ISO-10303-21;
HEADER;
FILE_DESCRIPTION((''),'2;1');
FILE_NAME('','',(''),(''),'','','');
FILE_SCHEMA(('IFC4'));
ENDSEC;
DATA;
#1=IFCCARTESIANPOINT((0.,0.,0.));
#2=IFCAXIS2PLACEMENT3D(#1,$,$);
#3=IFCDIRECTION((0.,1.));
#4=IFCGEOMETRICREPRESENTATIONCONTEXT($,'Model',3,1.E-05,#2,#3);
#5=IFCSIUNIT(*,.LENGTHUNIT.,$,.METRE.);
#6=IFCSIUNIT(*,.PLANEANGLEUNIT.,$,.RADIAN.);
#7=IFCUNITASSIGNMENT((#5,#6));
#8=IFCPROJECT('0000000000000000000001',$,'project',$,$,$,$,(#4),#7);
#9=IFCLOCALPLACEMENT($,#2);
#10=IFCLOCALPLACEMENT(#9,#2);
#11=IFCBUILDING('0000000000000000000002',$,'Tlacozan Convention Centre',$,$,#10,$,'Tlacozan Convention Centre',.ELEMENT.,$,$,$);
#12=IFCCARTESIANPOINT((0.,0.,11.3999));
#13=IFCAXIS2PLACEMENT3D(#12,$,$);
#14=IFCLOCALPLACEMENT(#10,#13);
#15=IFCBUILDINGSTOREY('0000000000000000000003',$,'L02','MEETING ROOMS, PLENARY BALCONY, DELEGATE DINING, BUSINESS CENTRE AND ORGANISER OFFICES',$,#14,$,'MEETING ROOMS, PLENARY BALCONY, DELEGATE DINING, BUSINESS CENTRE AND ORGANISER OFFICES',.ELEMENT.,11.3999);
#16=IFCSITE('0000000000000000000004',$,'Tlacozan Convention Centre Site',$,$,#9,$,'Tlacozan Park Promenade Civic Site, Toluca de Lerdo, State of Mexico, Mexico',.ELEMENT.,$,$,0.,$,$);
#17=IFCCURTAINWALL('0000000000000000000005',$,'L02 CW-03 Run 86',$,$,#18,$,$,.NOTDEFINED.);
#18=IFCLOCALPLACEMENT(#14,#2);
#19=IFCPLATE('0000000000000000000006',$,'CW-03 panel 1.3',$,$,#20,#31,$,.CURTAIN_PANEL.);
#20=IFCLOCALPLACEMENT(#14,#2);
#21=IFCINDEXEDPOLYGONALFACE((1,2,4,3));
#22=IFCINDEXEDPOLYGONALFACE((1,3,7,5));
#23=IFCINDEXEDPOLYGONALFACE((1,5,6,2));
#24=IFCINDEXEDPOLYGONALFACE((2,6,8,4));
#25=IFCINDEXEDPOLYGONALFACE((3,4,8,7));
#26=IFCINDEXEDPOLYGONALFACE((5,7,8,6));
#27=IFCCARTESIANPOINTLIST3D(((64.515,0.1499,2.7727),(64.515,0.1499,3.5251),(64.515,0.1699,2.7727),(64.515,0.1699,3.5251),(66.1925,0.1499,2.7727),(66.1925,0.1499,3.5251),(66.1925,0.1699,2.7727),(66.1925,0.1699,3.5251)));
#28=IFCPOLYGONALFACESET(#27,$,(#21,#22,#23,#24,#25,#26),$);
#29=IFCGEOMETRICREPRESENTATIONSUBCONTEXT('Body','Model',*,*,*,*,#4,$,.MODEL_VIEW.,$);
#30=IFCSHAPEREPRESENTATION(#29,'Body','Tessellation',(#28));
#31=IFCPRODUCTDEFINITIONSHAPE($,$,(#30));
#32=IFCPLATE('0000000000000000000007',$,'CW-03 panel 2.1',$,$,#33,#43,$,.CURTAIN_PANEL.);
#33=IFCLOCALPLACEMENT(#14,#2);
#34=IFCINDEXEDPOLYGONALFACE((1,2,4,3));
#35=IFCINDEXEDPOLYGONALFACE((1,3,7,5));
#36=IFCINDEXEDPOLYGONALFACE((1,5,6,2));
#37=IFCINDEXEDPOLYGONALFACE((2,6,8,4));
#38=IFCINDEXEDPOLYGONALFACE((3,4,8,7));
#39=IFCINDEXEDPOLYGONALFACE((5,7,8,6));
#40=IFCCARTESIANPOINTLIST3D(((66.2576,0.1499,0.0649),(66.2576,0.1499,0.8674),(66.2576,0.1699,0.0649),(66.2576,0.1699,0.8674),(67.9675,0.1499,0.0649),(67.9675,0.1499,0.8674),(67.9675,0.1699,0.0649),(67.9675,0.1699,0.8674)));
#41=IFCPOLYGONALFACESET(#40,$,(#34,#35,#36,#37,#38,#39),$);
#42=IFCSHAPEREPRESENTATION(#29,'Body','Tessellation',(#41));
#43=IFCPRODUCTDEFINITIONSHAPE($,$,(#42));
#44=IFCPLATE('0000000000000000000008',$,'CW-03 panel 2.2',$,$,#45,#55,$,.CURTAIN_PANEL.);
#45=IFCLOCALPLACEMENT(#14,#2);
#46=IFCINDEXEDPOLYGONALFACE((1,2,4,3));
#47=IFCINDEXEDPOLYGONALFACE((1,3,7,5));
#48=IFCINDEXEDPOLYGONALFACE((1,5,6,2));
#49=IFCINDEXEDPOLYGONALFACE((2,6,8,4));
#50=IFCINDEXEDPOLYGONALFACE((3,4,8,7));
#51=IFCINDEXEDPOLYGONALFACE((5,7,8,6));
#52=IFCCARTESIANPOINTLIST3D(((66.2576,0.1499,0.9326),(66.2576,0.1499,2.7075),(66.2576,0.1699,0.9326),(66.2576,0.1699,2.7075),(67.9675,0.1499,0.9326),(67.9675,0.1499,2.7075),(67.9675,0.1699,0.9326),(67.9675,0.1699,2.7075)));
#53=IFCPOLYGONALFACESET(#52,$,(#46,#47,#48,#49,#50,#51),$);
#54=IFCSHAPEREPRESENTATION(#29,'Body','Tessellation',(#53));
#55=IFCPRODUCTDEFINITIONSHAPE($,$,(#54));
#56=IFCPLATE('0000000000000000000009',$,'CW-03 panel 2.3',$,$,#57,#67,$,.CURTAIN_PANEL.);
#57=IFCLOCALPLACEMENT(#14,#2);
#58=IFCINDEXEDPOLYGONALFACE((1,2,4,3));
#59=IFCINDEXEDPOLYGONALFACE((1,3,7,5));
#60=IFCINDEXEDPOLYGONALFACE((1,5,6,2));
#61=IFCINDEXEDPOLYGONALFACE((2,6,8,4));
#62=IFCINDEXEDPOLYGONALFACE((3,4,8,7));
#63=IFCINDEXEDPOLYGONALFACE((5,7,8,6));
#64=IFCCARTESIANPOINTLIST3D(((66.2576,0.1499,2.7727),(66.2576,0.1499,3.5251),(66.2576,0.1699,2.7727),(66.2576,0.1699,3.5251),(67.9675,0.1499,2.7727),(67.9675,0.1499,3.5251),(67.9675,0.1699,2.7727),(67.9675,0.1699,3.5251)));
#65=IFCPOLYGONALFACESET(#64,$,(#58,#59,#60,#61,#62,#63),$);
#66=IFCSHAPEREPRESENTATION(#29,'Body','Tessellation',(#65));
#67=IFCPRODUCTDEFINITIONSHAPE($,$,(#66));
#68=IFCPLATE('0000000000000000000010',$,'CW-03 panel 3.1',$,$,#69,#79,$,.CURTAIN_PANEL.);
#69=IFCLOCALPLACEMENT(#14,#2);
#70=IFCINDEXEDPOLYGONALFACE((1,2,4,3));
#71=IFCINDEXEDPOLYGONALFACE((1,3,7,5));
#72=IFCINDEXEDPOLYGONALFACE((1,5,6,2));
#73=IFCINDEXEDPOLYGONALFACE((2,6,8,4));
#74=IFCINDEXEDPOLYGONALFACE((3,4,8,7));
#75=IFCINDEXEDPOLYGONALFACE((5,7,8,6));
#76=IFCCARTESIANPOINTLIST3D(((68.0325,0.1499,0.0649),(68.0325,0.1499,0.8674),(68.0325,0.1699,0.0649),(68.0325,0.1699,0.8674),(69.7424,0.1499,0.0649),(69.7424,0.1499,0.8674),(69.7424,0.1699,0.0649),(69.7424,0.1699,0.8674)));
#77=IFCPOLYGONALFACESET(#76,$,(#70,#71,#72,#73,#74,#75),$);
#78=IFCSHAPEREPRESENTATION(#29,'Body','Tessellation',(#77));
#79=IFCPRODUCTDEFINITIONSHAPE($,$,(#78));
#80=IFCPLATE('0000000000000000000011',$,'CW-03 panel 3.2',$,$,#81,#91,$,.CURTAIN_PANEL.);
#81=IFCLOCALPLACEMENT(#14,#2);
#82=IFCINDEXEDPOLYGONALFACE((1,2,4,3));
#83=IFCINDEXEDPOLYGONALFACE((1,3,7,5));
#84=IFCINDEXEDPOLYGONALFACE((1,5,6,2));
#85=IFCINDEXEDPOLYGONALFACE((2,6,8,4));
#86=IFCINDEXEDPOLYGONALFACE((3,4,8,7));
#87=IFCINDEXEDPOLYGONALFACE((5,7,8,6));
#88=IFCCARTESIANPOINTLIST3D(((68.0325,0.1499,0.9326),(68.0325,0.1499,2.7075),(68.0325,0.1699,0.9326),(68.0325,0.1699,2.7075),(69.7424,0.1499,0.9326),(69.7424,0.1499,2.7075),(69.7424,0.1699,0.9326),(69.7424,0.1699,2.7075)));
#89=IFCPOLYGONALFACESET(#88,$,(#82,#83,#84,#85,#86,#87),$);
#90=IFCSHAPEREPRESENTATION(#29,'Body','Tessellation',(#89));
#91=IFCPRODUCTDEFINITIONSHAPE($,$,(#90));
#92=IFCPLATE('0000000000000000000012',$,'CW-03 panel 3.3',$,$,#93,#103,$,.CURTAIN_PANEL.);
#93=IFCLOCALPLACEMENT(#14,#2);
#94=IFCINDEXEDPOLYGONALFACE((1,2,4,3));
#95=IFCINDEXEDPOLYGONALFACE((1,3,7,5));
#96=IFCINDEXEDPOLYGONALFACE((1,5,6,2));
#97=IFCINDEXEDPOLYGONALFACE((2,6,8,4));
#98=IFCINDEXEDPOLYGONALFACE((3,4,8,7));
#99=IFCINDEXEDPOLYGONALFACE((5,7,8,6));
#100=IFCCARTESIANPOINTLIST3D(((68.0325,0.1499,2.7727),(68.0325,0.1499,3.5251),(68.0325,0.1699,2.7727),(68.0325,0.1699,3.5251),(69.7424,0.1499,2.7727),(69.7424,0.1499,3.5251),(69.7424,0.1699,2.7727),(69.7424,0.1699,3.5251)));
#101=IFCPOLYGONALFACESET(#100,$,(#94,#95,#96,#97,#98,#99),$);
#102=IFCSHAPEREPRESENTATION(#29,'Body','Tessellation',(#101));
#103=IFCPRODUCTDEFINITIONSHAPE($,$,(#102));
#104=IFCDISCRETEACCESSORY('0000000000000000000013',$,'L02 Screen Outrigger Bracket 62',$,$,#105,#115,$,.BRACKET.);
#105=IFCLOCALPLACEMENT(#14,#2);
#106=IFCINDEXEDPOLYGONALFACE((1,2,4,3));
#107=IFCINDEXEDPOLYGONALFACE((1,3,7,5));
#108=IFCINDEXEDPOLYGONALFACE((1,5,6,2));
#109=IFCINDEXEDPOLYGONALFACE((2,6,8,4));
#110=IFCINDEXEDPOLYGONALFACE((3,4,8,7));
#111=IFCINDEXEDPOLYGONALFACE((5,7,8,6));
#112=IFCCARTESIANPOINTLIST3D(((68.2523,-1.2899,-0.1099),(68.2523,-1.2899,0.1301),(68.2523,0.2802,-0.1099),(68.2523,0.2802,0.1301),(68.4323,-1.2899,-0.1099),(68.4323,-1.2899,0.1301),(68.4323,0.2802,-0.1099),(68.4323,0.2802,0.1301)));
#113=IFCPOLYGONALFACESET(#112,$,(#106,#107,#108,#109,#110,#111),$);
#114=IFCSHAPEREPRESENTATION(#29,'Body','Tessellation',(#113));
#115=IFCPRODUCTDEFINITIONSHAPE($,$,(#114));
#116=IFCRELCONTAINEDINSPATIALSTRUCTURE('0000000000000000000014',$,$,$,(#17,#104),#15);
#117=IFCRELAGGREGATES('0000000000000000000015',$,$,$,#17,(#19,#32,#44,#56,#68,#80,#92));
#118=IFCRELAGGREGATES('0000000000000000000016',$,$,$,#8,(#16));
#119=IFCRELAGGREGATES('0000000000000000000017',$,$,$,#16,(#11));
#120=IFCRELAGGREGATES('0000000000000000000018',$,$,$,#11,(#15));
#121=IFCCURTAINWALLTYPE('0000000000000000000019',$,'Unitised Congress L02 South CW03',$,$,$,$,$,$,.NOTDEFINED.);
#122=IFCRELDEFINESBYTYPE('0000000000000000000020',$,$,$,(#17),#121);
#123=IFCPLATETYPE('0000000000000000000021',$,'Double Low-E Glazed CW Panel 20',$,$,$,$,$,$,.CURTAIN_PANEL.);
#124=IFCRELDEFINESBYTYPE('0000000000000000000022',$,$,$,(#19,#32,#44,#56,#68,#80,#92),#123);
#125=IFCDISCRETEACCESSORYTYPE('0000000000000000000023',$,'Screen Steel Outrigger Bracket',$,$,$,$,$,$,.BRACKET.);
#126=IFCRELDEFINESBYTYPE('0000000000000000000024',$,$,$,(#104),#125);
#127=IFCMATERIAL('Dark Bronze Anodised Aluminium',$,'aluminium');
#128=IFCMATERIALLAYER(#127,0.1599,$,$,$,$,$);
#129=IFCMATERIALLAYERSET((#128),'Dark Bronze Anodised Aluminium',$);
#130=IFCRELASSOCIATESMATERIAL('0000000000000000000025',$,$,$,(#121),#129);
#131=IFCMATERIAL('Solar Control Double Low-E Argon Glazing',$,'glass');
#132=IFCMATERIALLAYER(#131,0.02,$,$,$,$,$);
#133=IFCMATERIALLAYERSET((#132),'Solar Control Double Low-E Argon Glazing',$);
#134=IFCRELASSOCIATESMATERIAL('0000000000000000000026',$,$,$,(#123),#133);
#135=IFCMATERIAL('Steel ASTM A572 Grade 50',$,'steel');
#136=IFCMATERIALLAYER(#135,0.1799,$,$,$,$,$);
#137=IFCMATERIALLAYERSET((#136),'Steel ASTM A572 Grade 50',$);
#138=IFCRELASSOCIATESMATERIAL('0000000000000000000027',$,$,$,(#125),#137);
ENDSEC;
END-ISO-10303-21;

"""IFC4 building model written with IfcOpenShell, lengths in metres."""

from ifc_helpers import new_model, si_unit, direction, frame, origin, origin_2d, place, context, subcontext, project, spatial, rectangle, extrude, material, layer, layer_set, type_object, element, aggregate, save


model = new_model("IFC4")

# Units and contexts
model_context = context("Model", 3, precision=1e-05, world=origin(), true_north=direction((0.0, 1.0)))
body_context = subcontext(model_context, "Body", "Model", "MODEL_VIEW")
ifc_project = project(units=[si_unit("LENGTHUNIT", "METRE"), si_unit("PLANEANGLEUNIT", "RADIAN")], contexts=[model_context])

# Site, building, storey
site_placement = place(None, origin())
site = spatial("IfcSite", under=ifc_project, at=site_placement, Name="Tlacozan Convention Centre Site", LongName="Tlacozan Park Promenade Civic Site, Toluca de Lerdo, State of Mexico, Mexico", CompositionType="ELEMENT", RefElevation=0.0)
building_placement = place(site_placement, origin())
building = spatial("IfcBuilding", under=site, at=building_placement, Name="Tlacozan Convention Centre", LongName="Tlacozan Convention Centre", CompositionType="ELEMENT")
storey_placement = place(building_placement, frame((0.0, 0.0, 11.3999)))
storey = spatial("IfcBuildingStorey", under=building, at=storey_placement, Name="L02", Description="MEETING ROOMS, PLENARY BALCONY, DELEGATE DINING, BUSINESS CENTRE AND ORGANISER OFFICES", LongName="MEETING ROOMS, PLENARY BALCONY, DELEGATE DINING, BUSINESS CENTRE AND ORGANISER OFFICES", CompositionType="ELEMENT", Elevation=11.3999)

# Shared definitions
ifc_material_1 = material(Name="Dark Bronze Anodised Aluminium", Category="aluminium")
ifc_layer_1 = layer(ifc_material_1, 0.1599)
ifc_layer_set_1 = layer_set([ifc_layer_1], Name="Dark Bronze Anodised Aluminium")
curtain_wall_type = type_object("IfcCurtainWallType", Name="Unitised Congress L02 South CW03", PredefinedType="NOTDEFINED", material=ifc_layer_set_1)

# Curtain wall
curtain_wall_1_placement = place(storey_placement, origin())
curtain_wall_1 = element("IfcCurtainWall", 1, at=curtain_wall_1_placement, inside=storey, type_object=curtain_wall_type, Name="L02 CW-03 Run 86", PredefinedType="NOTDEFINED")

# Plates
ifc_material_2 = material(Name="Solar Control Double Low-E Argon Glazing", Category="glass")
ifc_layer_2 = layer(ifc_material_2, 0.02)
ifc_layer_set_2 = layer_set([ifc_layer_2], Name="Solar Control Double Low-E Argon Glazing")
plate_type = type_object("IfcPlateType", Name="Double Low-E Glazed CW Panel 20", PredefinedType="CURTAIN_PANEL", material=ifc_layer_set_2)
plate_1_placement = place(storey_placement, frame((65.3538, 0.1599, 2.7727), z_axis=(0.0, 0.0, 1.0), x_axis=(1.0, 0.0, 0.0)))
plate_1 = element("IfcPlate", 2, at=plate_1_placement, type_object=plate_type, Name="CW-03 panel 1.3", PredefinedType="CURTAIN_PANEL", context=body_context, shape_type="SweptSolid", body=[
    extrude(rectangle(XDim=1.6775, YDim=0.02, at=origin_2d()), origin(), (0.0, 0.0, 1.0), 0.7524),
])
plate_2_placement = place(storey_placement, frame((67.1125, 0.1599, 0.0649), z_axis=(0.0, 0.0, 1.0), x_axis=(1.0, 0.0, 0.0)))
plate_2 = element("IfcPlate", 3, at=plate_2_placement, type_object=plate_type, Name="CW-03 panel 2.1", PredefinedType="CURTAIN_PANEL", context=body_context, shape_type="SweptSolid", body=[
    extrude(rectangle(XDim=1.71, YDim=0.02, at=origin_2d()), origin(), (0.0, 0.0, 1.0), 0.8025),
])
plate_3_placement = place(storey_placement, frame((67.1125, 0.1599, 0.9326), z_axis=(0.0, 0.0, 1.0), x_axis=(1.0, 0.0, 0.0)))
plate_3 = element("IfcPlate", 4, at=plate_3_placement, type_object=plate_type, Name="CW-03 panel 2.2", PredefinedType="CURTAIN_PANEL", context=body_context, shape_type="SweptSolid", body=[
    extrude(rectangle(XDim=1.71, YDim=0.02, at=origin_2d()), origin(), (0.0, 0.0, 1.0), 1.7749),
])
plate_4_placement = place(storey_placement, frame((67.1125, 0.1599, 2.7727), z_axis=(0.0, 0.0, 1.0), x_axis=(1.0, 0.0, 0.0)))
plate_4 = element("IfcPlate", 5, at=plate_4_placement, type_object=plate_type, Name="CW-03 panel 2.3", PredefinedType="CURTAIN_PANEL", context=body_context, shape_type="SweptSolid", body=[
    extrude(rectangle(XDim=1.71, YDim=0.02, at=origin_2d()), origin(), (0.0, 0.0, 1.0), 0.7524),
])
plate_5_placement = place(storey_placement, frame((68.8875, 0.1599, 0.0649), z_axis=(0.0, 0.0, 1.0), x_axis=(1.0, 0.0, 0.0)))
plate_5 = element("IfcPlate", 6, at=plate_5_placement, type_object=plate_type, Name="CW-03 panel 3.1", PredefinedType="CURTAIN_PANEL", context=body_context, shape_type="SweptSolid", body=[
    extrude(rectangle(XDim=1.71, YDim=0.02, at=origin_2d()), origin(), (0.0, 0.0, 1.0), 0.8025),
])
plate_6_placement = place(storey_placement, frame((68.8875, 0.1599, 0.9326), z_axis=(0.0, 0.0, 1.0), x_axis=(1.0, 0.0, 0.0)))
plate_6 = element("IfcPlate", 7, at=plate_6_placement, type_object=plate_type, Name="CW-03 panel 3.2", PredefinedType="CURTAIN_PANEL", context=body_context, shape_type="SweptSolid", body=[
    extrude(rectangle(XDim=1.71, YDim=0.02, at=origin_2d()), origin(), (0.0, 0.0, 1.0), 1.7749),
])
plate_7_placement = place(storey_placement, frame((68.8875, 0.1599, 2.7727), z_axis=(0.0, 0.0, 1.0), x_axis=(1.0, 0.0, 0.0)))
plate_7 = element("IfcPlate", 8, at=plate_7_placement, type_object=plate_type, Name="CW-03 panel 3.3", PredefinedType="CURTAIN_PANEL", context=body_context, shape_type="SweptSolid", body=[
    extrude(rectangle(XDim=1.71, YDim=0.02, at=origin_2d()), origin(), (0.0, 0.0, 1.0), 0.7524),
])
aggregate(curtain_wall_1, [plate_1, plate_2, plate_3, plate_4, plate_5, plate_6, plate_7])

# Discrete accessory
ifc_material_3 = material(Name="Steel ASTM A572 Grade 50", Category="steel")
ifc_layer_3 = layer(ifc_material_3, 0.1799)
ifc_layer_set_3 = layer_set([ifc_layer_3], Name="Steel ASTM A572 Grade 50")
discrete_accessory_type = type_object("IfcDiscreteAccessoryType", Name="Screen Steel Outrigger Bracket", PredefinedType="BRACKET", material=ifc_layer_set_3)
discrete_accessory_placement = place(storey_placement, frame((68.3423, -0.5049, -0.1099), z_axis=(0.0, 0.0, 1.0), x_axis=(0.0, 1.0, 0.0)))
element("IfcDiscreteAccessory", 9, at=discrete_accessory_placement, inside=storey, type_object=discrete_accessory_type, Name="L02 Screen Outrigger Bracket 62", PredefinedType="BRACKET", context=body_context, shape_type="SweptSolid", body=[
    extrude(rectangle(XDim=1.5701, YDim=0.1799, at=origin_2d()), origin(), (0.0, 0.0, 1.0), 0.24),
])

save(model, "model.ifc")
